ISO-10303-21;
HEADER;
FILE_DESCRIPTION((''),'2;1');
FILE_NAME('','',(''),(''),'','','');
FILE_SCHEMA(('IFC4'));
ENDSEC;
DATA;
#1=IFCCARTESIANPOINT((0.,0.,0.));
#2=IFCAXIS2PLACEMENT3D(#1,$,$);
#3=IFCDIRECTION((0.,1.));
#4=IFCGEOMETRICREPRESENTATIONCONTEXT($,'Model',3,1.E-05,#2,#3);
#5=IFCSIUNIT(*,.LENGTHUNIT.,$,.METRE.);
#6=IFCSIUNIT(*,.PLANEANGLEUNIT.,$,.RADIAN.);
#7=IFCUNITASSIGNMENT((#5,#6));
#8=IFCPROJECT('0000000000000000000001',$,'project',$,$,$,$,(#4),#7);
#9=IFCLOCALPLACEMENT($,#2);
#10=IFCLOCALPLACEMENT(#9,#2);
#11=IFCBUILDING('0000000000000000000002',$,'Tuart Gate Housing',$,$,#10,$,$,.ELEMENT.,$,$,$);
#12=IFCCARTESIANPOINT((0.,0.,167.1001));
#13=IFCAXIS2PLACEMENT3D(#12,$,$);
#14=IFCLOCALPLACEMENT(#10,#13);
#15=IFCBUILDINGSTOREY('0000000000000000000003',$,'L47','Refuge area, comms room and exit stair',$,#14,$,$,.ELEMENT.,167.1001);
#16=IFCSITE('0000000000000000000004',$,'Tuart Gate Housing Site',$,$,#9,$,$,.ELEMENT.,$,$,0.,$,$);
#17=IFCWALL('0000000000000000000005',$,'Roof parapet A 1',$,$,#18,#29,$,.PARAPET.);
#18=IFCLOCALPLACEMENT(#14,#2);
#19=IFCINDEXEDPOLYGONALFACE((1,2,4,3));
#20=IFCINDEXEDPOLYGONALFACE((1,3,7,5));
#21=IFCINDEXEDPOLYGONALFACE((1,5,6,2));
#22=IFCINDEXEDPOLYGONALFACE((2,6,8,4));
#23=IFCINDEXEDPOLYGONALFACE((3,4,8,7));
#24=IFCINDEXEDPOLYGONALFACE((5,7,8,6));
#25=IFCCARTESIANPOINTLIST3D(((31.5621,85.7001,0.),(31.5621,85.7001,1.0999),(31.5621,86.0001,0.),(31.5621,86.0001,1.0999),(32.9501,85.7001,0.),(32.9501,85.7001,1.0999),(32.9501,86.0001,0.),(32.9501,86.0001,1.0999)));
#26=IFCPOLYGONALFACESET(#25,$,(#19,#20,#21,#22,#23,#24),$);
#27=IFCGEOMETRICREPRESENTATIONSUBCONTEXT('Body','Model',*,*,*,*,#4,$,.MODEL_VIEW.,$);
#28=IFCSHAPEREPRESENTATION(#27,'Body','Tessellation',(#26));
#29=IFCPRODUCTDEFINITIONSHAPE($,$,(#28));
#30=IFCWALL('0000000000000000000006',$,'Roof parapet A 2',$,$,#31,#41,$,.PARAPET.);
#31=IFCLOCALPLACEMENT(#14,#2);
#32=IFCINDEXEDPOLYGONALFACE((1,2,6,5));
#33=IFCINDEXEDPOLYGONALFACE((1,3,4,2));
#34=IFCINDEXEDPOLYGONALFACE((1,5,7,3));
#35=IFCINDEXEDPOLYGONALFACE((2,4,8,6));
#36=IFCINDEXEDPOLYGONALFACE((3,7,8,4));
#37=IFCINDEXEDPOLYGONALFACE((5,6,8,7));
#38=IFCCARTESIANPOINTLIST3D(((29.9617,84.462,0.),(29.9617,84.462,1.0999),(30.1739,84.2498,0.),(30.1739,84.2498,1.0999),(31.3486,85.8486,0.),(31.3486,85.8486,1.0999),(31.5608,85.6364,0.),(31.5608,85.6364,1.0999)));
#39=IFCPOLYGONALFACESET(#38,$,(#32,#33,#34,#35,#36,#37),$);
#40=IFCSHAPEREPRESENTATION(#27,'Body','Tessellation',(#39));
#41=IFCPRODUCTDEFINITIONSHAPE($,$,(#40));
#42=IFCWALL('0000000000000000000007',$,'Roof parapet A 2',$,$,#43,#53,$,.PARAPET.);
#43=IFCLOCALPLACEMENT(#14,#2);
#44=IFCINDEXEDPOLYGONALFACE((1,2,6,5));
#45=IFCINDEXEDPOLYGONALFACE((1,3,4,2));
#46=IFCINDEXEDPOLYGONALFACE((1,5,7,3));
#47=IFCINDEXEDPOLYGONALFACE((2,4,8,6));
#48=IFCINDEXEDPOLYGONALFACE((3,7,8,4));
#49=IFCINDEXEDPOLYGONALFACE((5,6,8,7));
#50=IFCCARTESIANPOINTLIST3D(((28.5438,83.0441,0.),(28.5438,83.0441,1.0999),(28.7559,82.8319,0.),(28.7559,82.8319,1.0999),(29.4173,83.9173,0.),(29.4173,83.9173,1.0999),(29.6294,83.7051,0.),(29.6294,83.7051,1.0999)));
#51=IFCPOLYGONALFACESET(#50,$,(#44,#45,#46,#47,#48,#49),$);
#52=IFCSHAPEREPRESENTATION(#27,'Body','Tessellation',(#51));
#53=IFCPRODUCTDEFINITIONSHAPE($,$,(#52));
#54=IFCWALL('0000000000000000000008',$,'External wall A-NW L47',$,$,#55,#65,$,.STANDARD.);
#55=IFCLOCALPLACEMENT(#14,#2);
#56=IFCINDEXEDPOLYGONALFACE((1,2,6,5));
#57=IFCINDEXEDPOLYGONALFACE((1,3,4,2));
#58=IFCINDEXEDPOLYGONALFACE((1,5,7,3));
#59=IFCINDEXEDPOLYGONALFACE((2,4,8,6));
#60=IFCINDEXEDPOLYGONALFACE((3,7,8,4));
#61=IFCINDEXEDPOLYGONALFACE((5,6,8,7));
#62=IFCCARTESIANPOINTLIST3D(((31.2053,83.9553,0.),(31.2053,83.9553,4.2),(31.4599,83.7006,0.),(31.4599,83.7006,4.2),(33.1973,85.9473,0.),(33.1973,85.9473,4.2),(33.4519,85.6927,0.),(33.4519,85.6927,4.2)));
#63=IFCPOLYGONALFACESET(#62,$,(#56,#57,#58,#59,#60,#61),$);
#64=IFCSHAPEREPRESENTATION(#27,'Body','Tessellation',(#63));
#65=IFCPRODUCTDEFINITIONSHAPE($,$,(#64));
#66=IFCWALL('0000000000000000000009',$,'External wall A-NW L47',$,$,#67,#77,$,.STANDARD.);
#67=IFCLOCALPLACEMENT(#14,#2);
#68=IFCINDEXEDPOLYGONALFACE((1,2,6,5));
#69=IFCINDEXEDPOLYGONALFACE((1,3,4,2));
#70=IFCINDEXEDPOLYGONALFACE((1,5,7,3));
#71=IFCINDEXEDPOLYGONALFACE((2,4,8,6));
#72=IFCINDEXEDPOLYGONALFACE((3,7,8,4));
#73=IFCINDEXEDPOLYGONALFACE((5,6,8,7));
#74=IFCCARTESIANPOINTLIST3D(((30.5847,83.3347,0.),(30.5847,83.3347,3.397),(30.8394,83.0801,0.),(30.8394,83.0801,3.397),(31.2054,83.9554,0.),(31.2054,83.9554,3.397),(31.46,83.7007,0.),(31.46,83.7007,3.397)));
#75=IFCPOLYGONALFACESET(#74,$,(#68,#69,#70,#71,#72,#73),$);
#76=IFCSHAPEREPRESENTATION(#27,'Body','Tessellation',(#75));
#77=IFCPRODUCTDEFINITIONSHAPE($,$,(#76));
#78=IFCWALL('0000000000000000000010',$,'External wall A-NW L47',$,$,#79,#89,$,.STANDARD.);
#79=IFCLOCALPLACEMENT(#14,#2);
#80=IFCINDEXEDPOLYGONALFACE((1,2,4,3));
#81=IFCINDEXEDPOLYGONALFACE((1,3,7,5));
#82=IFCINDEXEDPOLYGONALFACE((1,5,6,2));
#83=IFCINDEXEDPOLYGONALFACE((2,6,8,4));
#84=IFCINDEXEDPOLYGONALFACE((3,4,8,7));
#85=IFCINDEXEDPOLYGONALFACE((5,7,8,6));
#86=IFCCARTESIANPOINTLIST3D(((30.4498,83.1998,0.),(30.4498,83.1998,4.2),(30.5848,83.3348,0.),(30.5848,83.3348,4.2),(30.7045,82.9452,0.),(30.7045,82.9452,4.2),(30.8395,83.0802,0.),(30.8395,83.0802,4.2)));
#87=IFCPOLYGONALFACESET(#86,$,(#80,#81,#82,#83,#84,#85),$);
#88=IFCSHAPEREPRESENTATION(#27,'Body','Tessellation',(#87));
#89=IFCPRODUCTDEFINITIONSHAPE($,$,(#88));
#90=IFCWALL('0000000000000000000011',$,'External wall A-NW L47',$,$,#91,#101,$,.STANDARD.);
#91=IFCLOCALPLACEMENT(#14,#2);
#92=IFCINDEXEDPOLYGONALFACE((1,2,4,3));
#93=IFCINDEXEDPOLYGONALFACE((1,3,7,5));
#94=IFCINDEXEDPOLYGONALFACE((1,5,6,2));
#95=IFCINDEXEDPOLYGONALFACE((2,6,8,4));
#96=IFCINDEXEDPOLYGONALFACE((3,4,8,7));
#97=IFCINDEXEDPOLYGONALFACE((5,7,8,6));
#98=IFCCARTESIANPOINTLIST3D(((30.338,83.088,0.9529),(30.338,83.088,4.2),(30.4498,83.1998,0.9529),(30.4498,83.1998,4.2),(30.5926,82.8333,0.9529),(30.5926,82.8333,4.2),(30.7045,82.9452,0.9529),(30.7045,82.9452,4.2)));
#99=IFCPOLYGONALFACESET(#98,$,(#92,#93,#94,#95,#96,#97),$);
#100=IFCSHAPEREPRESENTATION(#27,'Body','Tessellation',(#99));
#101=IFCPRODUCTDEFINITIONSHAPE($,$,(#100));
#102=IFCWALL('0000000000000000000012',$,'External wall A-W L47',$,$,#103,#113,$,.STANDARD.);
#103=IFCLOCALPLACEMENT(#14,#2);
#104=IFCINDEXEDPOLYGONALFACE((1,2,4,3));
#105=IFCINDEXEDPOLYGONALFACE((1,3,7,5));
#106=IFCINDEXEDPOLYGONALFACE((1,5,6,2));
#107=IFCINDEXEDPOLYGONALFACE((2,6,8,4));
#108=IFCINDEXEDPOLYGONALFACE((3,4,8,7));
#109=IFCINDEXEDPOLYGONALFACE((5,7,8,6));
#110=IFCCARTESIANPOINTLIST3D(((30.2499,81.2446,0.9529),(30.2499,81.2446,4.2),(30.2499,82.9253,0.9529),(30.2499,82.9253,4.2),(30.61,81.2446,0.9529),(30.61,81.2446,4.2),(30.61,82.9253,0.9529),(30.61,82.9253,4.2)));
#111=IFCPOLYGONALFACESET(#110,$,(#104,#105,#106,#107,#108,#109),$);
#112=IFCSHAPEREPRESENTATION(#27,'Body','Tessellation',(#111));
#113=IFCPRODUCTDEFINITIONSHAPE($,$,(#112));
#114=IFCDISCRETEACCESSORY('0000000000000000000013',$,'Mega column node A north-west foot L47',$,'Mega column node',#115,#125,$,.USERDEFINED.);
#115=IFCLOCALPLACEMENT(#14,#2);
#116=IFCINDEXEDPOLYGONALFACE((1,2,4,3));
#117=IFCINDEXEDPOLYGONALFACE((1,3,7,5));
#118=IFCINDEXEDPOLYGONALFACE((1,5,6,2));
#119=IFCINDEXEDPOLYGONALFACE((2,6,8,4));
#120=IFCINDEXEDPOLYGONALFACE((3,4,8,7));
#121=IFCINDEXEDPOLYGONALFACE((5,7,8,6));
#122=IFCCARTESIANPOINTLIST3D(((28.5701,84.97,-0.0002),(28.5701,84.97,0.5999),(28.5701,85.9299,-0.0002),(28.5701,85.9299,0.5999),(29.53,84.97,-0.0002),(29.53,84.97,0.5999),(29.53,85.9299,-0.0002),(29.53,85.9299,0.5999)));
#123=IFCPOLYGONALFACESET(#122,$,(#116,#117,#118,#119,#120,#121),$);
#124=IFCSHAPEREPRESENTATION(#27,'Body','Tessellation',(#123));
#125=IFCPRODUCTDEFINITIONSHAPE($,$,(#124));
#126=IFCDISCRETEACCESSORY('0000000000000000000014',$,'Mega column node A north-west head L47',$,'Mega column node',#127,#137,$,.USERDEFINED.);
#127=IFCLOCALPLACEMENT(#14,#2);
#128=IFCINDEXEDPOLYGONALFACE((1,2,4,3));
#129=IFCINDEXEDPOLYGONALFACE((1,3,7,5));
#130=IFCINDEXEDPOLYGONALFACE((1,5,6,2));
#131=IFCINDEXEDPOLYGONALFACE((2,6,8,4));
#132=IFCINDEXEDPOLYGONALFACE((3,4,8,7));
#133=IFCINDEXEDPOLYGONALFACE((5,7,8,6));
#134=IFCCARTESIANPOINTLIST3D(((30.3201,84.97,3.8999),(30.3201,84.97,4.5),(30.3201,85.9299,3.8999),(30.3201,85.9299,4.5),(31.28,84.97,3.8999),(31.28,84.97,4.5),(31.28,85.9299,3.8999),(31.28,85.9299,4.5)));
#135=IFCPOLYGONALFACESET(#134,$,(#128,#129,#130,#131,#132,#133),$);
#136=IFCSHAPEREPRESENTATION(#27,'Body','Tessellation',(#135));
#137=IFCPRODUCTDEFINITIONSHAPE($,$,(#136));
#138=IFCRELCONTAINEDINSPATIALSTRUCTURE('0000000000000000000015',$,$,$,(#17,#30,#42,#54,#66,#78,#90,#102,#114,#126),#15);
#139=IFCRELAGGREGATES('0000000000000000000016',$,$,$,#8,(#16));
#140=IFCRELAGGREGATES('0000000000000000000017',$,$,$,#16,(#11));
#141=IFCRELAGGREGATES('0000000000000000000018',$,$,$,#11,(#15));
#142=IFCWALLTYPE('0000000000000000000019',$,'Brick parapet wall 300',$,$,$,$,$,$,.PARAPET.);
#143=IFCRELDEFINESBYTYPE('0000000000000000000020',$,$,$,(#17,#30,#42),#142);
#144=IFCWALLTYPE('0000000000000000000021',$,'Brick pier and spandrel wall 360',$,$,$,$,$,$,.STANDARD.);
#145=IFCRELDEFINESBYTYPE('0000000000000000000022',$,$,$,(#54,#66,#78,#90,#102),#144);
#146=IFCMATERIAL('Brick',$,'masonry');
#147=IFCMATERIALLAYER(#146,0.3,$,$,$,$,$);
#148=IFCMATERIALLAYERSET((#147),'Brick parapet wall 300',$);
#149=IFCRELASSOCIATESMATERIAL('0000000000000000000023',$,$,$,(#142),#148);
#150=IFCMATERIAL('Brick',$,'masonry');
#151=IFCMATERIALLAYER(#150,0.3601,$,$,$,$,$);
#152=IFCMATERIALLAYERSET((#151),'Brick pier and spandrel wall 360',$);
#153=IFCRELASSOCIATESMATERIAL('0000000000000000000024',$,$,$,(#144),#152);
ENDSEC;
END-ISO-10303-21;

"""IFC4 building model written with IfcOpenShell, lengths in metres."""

from ifc_helpers import new_model, si_unit, direction, frame, frame_2d, origin, origin_2d, place, context, subcontext, project, spatial, rectangle, extrude, material, layer, layer_set, type_object, element, save


model = new_model("IFC4")

# Units and contexts
model_context = context("Model", 3, precision=1e-05, world=origin(), true_north=direction((0.0, 1.0)))
body_context = subcontext(model_context, "Body", "Model", "MODEL_VIEW")
ifc_project = project(units=[si_unit("LENGTHUNIT", "METRE"), si_unit("PLANEANGLEUNIT", "RADIAN")], contexts=[model_context])

# Site, building, storey
site_placement = place(None, origin())
site = spatial("IfcSite", under=ifc_project, at=site_placement, Name="Tuart Gate Housing Site", CompositionType="ELEMENT", RefElevation=0.0)
building_placement = place(site_placement, origin())
building = spatial("IfcBuilding", under=site, at=building_placement, Name="Tuart Gate Housing", CompositionType="ELEMENT")
storey_placement = place(building_placement, frame((0.0, 0.0, 167.1001)))
storey = spatial("IfcBuildingStorey", under=building, at=storey_placement, Name="L47", Description="Refuge area, comms room and exit stair", CompositionType="ELEMENT", Elevation=167.1001)

# Walls
ifc_material_1 = material(Name="Brick", Category="masonry")
ifc_layer_1 = layer(ifc_material_1, 0.3)
ifc_layer_set_1 = layer_set([ifc_layer_1], Name="Brick parapet wall 300")
wall_type_1 = type_object("IfcWallType", Name="Brick parapet wall 300", PredefinedType="PARAPET", material=ifc_layer_set_1)
wall_1_placement = place(storey_placement, frame((32.95, 85.8501, 0.0), z_axis=(0.0, 0.0, 1.0), x_axis=(-1.0, 0.0, 0.0)))
element("IfcWall", 1, at=wall_1_placement, inside=storey, type_object=wall_type_1, Name="Roof parapet A 1", PredefinedType="PARAPET", context=body_context, shape_type="SweptSolid", body=[
    extrude(rectangle(XDim=1.3879, YDim=0.3, at=frame_2d((0.6938, 0.0))), origin(), (0.0, 0.0, 1.0), 1.0999),
])
wall_2_placement = place(storey_placement, frame((31.4546, 85.7424, 0.0), z_axis=(0.0, 0.0, 1.0), x_axis=(-0.707169, -0.707045, 0.0)))
element("IfcWall", 2, at=wall_2_placement, inside=storey, type_object=wall_type_1, Name="Roof parapet A 2", PredefinedType="PARAPET", context=body_context, shape_type="SweptSolid", body=[
    extrude(rectangle(XDim=1.9612, YDim=0.3, at=frame_2d((0.9805, 0.0))), origin(), (0.0, 0.0, 1.0), 1.0999),
])
wall_3_placement = place(storey_placement, frame((29.5234, 83.8113, 0.0), z_axis=(0.0, 0.0, 1.0), x_axis=(-0.707206, -0.707008, 0.0)))
element("IfcWall", 3, at=wall_3_placement, inside=storey, type_object=wall_type_1, Name="Roof parapet A 2", PredefinedType="PARAPET", context=body_context, shape_type="SweptSolid", body=[
    extrude(rectangle(XDim=1.2351, YDim=0.3, at=frame_2d((0.6177, 0.0))), origin(), (0.0, 0.0, 1.0), 1.0999),
])
ifc_material_2 = material(Name="Brick", Category="masonry")
ifc_layer_2 = layer(ifc_material_2, 0.3601)
ifc_layer_set_2 = layer_set([ifc_layer_2], Name="Brick pier and spandrel wall 360")
wall_type_2 = type_object("IfcWallType", Name="Brick pier and spandrel wall 360", PredefinedType="STANDARD", material=ifc_layer_set_2)
wall_4_placement = place(storey_placement, frame((33.3247, 85.8201, 0.0), z_axis=(0.0, 0.0, 1.0), x_axis=(-0.707107, -0.707107, 0.0)))
element("IfcWall", 4, at=wall_4_placement, inside=storey, type_object=wall_type_2, Name="External wall A-NW L47", PredefinedType="STANDARD", context=body_context, shape_type="SweptSolid", body=[
    extrude(rectangle(XDim=2.8171, YDim=0.3601, at=frame_2d((1.4087, 0.0))), origin(), (0.0, 0.0, 1.0), 4.2),
])
wall_5_placement = place(storey_placement, frame((31.3328, 83.8281, 0.0), z_axis=(0.0, 0.0, 1.0), x_axis=(-0.707107, -0.707107, 0.0)))
element("IfcWall", 5, at=wall_5_placement, inside=storey, type_object=wall_type_2, Name="External wall A-NW L47", PredefinedType="STANDARD", context=body_context, shape_type="SweptSolid", body=[
    extrude(rectangle(XDim=0.8777, YDim=0.3601, at=frame_2d((0.439, 0.0))), origin(), (0.0, 0.0, 1.0), 3.397),
])
wall_6_placement = place(storey_placement, frame((30.7122, 83.2075, 0.0), z_axis=(0.0, 0.0, 1.0), x_axis=(-0.707107, -0.707107, 0.0)))
element("IfcWall", 6, at=wall_6_placement, inside=storey, type_object=wall_type_2, Name="External wall A-NW L47", PredefinedType="STANDARD", context=body_context, shape_type="SweptSolid", body=[
    extrude(rectangle(XDim=0.1909, YDim=0.3601, at=frame_2d((0.0955, 0.0))), origin(), (0.0, 0.0, 1.0), 4.2),
])
wall_7_placement = place(storey_placement, frame((30.5771, 83.0725, 0.9529), z_axis=(0.0, 0.0, 1.0), x_axis=(-0.707107, -0.707107, 0.0)))
element("IfcWall", 7, at=wall_7_placement, inside=storey, type_object=wall_type_2, Name="External wall A-NW L47", PredefinedType="STANDARD", context=body_context, shape_type="SweptSolid", body=[
    extrude(rectangle(XDim=0.1582, YDim=0.3601, at=frame_2d((0.0791, 0.0))), origin(), (0.0, 0.0, 1.0), 3.2471),
])
wall_8_placement = place(storey_placement, frame((30.4299, 82.9253, 0.9529), z_axis=(0.0, 0.0, 1.0), x_axis=(0.0, -1.0, 0.0)))
element("IfcWall", 8, at=wall_8_placement, inside=storey, type_object=wall_type_2, Name="External wall A-W L47", PredefinedType="STANDARD", context=body_context, shape_type="SweptSolid", body=[
    extrude(rectangle(XDim=1.6807, YDim=0.3601, at=frame_2d((0.8403, 0.0))), origin(), (0.0, 0.0, 1.0), 3.2471),
])

# Discrete accessories
for number, where, z_axis, x_axis, name in (
    (9, (29.05, 85.45, -0.0002), (0.0, 0.0, 1.0), (1.0, 0.0, 0.0), "Mega column node A north-west foot L47"),
    (10, (30.8, 85.45, 3.8999), (0.0, 0.0, 1.0), (1.0, 0.0, 0.0), "Mega column node A north-west head L47"),
):
    element("IfcDiscreteAccessory", number, at=place(storey_placement, frame(where, z_axis=z_axis, x_axis=x_axis)), inside=storey, Name=name, ObjectType="Mega column node", PredefinedType="USERDEFINED", context=body_context, shape_type="SweptSolid", body=[
        extrude(rectangle(XDim=0.96, YDim=0.96, at=origin_2d()), origin(), (0.0, 0.0, 1.0), 0.6001),
    ])

save(model, "model.ifc")
